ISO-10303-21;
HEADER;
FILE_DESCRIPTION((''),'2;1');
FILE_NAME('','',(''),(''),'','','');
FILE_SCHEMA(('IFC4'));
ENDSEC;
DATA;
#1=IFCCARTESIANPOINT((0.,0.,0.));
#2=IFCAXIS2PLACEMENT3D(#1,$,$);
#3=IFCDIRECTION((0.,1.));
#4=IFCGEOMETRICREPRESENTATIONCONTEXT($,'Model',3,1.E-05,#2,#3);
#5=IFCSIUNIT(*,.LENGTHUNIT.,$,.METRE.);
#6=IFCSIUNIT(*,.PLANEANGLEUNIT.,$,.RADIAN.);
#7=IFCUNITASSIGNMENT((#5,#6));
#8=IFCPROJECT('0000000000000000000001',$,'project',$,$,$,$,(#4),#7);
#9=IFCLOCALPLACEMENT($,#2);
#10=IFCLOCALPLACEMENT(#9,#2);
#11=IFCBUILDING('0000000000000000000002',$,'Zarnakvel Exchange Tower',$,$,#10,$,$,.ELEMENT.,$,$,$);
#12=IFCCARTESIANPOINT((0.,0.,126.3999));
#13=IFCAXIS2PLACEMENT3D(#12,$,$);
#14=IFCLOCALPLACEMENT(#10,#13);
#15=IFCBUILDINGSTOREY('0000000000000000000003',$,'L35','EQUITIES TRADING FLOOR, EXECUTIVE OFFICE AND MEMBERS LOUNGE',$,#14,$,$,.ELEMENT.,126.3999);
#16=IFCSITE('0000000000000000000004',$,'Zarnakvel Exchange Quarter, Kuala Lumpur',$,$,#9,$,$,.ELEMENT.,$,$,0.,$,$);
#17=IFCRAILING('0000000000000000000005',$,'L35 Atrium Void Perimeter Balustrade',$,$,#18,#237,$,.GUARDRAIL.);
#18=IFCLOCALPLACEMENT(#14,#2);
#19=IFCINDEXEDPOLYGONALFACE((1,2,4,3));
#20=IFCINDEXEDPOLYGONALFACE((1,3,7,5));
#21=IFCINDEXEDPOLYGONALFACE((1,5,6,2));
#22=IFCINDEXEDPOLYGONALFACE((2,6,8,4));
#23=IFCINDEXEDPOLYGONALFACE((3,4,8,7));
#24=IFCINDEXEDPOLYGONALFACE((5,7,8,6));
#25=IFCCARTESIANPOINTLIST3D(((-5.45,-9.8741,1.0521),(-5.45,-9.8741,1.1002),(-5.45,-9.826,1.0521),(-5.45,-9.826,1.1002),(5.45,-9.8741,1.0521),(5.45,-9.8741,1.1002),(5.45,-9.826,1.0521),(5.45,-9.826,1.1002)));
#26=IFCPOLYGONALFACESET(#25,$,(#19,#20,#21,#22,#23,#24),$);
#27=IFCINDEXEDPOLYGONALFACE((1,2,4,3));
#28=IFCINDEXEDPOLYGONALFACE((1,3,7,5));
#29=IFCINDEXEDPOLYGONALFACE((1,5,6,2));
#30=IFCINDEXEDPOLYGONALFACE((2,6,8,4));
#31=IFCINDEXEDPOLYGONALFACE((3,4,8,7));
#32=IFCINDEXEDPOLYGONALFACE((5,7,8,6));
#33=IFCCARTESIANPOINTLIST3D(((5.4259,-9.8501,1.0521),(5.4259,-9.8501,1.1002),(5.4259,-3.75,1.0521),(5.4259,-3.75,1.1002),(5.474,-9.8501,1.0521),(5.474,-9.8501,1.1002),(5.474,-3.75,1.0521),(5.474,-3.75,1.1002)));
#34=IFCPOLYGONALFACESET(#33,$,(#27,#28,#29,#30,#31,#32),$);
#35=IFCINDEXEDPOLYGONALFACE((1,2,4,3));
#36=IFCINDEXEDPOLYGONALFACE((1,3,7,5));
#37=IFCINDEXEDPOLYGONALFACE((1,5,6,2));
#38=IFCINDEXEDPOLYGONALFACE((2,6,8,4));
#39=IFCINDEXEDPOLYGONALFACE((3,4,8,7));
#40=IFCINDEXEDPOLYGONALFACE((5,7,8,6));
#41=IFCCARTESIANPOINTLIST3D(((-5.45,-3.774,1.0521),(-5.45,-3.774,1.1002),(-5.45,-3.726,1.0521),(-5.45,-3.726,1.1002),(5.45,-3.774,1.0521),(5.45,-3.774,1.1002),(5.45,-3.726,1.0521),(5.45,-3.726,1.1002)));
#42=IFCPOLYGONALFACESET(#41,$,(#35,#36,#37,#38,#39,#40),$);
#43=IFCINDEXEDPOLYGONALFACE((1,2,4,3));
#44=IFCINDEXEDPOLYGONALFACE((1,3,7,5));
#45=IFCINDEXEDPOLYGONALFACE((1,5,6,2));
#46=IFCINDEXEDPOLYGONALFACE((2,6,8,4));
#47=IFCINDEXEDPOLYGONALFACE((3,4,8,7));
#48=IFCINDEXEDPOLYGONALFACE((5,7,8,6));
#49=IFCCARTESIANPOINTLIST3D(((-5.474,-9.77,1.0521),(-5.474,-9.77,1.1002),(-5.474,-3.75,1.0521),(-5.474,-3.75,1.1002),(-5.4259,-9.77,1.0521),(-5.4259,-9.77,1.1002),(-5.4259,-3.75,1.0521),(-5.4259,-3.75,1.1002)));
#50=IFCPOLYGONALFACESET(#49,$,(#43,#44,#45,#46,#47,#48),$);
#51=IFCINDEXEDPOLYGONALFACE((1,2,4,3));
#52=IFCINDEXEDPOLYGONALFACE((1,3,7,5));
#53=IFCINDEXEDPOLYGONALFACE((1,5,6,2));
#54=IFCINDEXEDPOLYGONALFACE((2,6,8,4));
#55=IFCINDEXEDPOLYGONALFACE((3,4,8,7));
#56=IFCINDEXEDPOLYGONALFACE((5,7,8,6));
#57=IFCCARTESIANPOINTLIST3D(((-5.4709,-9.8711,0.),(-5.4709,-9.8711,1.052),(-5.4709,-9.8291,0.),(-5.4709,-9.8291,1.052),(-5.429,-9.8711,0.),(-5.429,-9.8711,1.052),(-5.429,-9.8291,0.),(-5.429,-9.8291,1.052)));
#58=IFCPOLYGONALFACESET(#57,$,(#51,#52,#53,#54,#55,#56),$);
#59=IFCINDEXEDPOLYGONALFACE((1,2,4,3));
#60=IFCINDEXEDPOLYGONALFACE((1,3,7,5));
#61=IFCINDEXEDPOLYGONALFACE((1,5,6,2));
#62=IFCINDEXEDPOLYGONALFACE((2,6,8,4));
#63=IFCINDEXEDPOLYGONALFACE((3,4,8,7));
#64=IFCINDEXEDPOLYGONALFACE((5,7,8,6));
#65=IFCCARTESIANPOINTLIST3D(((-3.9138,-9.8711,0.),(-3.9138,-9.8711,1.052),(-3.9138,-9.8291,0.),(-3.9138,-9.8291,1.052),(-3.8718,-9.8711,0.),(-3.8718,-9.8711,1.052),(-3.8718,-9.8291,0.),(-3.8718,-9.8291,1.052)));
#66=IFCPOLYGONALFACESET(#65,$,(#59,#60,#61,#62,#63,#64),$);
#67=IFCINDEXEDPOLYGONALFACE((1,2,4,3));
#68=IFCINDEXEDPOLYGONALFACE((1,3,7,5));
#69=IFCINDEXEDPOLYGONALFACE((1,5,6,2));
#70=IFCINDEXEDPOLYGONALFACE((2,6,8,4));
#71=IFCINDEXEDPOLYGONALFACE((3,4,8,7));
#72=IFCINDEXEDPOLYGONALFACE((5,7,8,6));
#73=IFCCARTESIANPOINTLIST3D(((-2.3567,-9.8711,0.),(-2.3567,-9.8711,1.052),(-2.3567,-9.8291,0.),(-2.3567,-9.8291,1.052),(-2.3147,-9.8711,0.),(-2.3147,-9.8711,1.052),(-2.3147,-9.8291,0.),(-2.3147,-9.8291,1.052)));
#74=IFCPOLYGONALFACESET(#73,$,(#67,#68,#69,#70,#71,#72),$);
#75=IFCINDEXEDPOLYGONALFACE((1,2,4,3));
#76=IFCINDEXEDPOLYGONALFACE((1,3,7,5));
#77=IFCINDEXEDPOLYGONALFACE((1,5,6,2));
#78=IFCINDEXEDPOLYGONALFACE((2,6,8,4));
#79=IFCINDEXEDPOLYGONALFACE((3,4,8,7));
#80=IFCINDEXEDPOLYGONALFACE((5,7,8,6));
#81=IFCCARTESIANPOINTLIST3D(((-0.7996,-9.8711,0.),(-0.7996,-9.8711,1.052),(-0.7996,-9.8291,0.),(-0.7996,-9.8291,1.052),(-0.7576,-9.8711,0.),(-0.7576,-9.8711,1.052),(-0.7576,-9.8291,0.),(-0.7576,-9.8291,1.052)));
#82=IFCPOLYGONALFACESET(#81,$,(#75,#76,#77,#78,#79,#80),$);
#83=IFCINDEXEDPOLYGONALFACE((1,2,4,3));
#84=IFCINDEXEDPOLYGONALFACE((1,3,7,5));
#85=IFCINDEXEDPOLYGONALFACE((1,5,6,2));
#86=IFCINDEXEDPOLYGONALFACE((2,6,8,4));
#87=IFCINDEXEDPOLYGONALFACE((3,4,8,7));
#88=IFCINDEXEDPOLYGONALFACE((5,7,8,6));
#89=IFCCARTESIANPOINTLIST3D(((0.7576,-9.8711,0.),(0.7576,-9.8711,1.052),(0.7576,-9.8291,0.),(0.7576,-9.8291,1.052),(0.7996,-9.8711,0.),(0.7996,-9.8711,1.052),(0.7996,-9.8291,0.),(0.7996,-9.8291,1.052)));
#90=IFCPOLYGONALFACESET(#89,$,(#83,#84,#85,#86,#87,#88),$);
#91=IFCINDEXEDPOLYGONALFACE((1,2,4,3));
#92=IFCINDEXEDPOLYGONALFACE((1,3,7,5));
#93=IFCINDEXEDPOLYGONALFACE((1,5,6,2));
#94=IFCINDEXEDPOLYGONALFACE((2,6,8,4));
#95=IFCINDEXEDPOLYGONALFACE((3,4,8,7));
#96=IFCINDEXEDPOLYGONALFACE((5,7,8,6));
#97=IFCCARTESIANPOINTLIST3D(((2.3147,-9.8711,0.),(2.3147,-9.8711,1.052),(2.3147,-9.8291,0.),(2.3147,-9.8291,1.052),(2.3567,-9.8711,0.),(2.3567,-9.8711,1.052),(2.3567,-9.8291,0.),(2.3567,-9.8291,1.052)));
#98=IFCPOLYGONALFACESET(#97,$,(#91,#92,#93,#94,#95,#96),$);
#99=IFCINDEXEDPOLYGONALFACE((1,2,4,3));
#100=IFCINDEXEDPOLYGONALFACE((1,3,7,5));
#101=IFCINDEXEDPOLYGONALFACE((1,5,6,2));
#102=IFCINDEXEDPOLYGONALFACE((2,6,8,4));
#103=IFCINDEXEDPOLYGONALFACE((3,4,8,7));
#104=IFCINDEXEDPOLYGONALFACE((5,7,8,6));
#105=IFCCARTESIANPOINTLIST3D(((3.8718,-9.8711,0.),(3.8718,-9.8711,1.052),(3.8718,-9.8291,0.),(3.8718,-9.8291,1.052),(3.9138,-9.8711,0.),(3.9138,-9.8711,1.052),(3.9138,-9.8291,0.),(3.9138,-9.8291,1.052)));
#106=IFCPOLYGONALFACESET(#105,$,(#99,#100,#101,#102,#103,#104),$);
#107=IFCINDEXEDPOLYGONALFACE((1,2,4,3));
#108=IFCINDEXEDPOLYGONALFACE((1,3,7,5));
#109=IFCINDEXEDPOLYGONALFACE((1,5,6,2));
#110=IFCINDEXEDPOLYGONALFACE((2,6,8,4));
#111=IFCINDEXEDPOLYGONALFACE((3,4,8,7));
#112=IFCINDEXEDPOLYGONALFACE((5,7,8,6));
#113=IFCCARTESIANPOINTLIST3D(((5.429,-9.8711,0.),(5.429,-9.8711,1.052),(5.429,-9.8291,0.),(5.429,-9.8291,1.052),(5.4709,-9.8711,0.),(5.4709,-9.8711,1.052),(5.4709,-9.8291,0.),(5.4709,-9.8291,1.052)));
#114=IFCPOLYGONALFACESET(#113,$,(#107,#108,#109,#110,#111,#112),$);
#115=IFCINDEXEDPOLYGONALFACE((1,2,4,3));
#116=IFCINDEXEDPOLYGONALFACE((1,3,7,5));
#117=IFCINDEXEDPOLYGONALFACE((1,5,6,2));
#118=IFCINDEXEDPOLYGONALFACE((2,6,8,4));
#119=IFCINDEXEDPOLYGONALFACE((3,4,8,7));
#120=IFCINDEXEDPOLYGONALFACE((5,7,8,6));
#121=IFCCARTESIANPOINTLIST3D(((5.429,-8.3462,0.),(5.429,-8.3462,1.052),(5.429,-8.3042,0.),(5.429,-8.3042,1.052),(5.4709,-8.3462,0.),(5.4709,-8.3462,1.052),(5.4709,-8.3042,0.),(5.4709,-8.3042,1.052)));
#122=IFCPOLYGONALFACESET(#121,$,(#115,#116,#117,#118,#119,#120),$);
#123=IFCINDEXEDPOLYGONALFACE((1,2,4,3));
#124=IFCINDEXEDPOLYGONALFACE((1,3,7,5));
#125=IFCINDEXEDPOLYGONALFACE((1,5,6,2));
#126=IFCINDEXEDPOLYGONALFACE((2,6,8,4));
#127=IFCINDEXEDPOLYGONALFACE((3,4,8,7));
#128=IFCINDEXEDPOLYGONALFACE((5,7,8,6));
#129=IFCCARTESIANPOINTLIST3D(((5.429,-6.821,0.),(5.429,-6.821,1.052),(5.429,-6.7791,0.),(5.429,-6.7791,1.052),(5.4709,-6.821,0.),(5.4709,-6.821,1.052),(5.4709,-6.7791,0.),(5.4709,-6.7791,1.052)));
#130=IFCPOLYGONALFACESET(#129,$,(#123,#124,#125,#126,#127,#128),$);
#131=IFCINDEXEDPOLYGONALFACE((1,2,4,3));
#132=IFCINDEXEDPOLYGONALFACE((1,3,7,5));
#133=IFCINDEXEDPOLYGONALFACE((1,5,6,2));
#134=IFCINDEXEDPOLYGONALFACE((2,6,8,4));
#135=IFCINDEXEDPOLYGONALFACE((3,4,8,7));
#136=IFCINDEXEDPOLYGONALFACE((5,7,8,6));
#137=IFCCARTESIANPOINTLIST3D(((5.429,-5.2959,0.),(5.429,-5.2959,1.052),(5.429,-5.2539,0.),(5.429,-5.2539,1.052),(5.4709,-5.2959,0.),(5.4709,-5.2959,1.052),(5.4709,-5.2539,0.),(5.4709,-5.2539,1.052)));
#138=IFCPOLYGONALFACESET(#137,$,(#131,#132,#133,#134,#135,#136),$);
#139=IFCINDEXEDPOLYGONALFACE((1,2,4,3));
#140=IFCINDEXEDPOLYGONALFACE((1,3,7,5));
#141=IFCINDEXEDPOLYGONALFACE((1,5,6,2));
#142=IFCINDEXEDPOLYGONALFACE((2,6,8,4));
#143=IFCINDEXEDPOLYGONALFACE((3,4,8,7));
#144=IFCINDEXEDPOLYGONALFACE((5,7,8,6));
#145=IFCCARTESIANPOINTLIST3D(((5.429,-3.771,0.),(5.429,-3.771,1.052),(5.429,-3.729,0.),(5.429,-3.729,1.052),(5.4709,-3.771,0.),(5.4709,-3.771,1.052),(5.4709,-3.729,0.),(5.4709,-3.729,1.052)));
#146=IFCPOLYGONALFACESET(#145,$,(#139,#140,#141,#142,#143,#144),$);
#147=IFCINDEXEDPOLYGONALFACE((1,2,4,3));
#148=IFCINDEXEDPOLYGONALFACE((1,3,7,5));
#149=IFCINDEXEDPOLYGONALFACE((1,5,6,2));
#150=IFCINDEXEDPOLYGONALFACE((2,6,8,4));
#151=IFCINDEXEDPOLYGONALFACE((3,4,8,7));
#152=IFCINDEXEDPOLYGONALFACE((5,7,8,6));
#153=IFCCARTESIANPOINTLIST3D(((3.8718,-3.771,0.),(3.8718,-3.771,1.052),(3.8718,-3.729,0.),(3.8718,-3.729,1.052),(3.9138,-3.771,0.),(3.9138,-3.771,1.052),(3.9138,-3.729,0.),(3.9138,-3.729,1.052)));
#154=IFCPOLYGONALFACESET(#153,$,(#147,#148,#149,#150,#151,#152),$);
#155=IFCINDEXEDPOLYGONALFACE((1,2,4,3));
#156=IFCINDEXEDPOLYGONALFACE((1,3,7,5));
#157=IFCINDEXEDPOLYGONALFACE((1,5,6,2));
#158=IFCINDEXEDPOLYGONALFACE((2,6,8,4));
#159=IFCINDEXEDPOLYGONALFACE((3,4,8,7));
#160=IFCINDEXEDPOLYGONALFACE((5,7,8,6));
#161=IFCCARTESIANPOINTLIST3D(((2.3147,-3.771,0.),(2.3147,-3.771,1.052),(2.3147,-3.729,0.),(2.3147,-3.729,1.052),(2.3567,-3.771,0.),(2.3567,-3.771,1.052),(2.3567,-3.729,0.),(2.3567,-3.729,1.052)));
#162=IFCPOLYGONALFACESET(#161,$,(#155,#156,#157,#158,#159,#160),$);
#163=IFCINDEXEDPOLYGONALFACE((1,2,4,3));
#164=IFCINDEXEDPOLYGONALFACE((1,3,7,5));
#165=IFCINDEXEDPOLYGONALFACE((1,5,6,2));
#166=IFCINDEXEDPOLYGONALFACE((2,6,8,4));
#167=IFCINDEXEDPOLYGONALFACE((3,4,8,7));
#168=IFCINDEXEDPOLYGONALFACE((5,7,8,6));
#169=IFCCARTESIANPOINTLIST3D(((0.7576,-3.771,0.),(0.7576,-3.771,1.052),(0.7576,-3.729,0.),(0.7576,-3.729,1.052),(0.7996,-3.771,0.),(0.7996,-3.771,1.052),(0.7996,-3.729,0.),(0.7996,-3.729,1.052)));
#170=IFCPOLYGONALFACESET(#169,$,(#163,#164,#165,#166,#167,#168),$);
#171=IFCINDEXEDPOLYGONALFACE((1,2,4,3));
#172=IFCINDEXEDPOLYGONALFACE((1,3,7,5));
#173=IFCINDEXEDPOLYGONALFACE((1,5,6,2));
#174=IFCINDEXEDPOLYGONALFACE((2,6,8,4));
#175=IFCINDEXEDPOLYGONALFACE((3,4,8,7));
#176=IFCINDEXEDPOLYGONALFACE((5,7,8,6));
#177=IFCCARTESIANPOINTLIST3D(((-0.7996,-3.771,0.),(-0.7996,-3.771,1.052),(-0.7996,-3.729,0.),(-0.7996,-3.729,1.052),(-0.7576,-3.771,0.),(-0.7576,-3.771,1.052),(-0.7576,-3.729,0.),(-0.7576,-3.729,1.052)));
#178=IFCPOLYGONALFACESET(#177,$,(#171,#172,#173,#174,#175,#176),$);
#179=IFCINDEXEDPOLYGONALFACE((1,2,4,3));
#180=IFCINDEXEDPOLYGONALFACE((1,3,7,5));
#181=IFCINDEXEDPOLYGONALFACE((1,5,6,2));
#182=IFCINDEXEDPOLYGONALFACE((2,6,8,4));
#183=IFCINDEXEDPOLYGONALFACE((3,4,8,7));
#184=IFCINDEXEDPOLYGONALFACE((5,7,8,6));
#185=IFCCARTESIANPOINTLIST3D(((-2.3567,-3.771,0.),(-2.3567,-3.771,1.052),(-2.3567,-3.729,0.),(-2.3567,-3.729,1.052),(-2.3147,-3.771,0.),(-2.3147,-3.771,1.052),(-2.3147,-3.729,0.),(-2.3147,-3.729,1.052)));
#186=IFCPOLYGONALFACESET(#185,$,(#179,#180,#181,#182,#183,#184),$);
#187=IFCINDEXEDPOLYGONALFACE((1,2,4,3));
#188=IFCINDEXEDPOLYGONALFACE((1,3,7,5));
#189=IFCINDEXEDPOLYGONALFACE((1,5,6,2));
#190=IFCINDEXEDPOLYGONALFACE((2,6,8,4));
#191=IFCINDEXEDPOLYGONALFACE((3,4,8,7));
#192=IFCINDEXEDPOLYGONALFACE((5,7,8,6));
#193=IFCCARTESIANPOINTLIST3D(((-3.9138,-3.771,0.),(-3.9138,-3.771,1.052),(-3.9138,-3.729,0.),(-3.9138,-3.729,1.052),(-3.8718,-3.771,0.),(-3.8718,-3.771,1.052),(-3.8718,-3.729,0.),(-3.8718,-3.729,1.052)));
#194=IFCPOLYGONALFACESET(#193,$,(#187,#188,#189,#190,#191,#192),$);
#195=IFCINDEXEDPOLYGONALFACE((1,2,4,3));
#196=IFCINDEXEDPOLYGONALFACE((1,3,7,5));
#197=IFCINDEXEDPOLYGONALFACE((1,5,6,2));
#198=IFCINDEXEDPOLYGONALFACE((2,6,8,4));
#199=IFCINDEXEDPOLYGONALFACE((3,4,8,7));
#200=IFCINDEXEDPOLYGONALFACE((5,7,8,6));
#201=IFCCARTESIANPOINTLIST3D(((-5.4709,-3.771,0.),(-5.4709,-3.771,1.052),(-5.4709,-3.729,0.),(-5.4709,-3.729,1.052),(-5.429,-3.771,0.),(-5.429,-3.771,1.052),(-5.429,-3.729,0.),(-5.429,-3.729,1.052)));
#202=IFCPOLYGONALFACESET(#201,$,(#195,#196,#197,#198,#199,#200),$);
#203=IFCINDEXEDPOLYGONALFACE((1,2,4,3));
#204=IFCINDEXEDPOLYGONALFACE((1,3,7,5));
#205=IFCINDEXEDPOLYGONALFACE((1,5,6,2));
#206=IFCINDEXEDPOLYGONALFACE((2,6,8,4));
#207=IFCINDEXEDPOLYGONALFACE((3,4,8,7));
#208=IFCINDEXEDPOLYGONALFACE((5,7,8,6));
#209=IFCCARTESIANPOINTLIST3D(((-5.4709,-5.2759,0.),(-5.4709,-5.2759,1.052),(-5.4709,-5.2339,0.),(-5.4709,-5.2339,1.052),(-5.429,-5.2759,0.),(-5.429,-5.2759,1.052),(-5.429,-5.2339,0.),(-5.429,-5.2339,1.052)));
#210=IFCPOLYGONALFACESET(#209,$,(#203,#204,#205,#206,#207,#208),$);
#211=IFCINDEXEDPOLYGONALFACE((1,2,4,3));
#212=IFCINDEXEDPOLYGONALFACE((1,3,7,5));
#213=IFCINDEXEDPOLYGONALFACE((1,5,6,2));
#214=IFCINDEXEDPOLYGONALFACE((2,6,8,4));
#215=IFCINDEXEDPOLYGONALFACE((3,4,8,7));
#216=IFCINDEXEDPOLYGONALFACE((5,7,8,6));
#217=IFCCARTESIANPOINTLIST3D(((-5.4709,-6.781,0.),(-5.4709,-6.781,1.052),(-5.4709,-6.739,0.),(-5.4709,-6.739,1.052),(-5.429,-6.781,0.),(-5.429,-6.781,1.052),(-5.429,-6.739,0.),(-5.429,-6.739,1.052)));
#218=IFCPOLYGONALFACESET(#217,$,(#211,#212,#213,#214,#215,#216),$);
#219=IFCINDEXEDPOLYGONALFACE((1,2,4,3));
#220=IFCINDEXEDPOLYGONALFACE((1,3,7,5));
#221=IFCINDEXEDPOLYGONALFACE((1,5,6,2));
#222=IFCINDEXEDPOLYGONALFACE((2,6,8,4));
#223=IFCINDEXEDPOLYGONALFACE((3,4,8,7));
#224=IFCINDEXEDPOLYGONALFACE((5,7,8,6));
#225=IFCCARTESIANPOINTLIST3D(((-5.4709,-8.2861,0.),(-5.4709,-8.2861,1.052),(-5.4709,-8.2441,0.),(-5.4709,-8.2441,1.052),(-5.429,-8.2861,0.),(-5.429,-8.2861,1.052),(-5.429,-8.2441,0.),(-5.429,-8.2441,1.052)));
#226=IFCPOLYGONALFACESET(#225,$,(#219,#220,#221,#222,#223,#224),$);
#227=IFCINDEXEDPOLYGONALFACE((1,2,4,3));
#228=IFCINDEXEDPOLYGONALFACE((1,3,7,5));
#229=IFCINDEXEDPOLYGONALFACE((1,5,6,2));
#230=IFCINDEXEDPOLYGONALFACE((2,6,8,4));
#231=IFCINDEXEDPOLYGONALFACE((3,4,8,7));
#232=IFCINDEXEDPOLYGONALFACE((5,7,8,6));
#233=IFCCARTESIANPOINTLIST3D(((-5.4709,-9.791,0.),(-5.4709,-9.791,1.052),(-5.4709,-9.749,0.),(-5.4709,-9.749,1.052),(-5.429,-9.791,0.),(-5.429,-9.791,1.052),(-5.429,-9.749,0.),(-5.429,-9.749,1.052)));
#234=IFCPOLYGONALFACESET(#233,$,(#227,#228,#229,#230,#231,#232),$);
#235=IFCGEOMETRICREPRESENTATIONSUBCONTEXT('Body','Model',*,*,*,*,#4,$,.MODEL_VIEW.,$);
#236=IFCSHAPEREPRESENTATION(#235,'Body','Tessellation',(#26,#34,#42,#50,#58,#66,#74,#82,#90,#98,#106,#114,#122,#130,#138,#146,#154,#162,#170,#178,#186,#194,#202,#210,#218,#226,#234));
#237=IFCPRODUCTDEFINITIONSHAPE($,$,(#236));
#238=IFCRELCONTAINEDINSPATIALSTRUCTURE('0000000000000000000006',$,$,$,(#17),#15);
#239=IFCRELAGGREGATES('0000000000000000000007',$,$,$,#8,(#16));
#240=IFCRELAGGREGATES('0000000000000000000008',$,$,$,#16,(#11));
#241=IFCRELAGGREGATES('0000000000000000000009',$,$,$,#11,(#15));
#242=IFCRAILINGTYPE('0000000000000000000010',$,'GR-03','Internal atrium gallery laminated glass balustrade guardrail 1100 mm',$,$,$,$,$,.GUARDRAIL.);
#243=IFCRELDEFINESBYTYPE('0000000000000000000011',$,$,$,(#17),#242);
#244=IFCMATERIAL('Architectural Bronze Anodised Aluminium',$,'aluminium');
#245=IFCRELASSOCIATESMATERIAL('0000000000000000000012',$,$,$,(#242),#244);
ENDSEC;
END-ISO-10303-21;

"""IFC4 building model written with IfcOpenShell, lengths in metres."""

from ifc_helpers import new_model, si_unit, direction, frame, origin, origin_2d, place, context, subcontext, project, spatial, rectangle, extrude, material, type_object, element, save


model = new_model("IFC4")

# Units and contexts
model_context = context("Model", 3, precision=1e-05, world=origin(), true_north=direction((0.0, 1.0)))
body_context = subcontext(model_context, "Body", "Model", "MODEL_VIEW")
ifc_project = project(units=[si_unit("LENGTHUNIT", "METRE"), si_unit("PLANEANGLEUNIT", "RADIAN")], contexts=[model_context])

# Site, building, storey
site_placement = place(None, origin())
site = spatial("IfcSite", under=ifc_project, at=site_placement, Name="Zarnakvel Exchange Quarter, Kuala Lumpur", CompositionType="ELEMENT", RefElevation=0.0)
building_placement = place(site_placement, origin())
building = spatial("IfcBuilding", under=site, at=building_placement, Name="Zarnakvel Exchange Tower", CompositionType="ELEMENT")
storey_placement = place(building_placement, frame((0.0, 0.0, 126.3999)))
storey = spatial("IfcBuildingStorey", under=building, at=storey_placement, Name="L35", Description="EQUITIES TRADING FLOOR, EXECUTIVE OFFICE AND MEMBERS LOUNGE", CompositionType="ELEMENT", Elevation=126.3999)

# Shared definitions
ifc_material_1 = material(Name="Architectural Bronze Anodised Aluminium", Category="aluminium")

# Railing
railing_type_1 = type_object("IfcRailingType", Name="GR-03", Description="Internal atrium gallery laminated glass balustrade guardrail 1100 mm", PredefinedType="GUARDRAIL", material=ifc_material_1)
railing_1_placement = place(storey_placement, frame((-5.45, -9.8501, 0.0)))
element("IfcRailing", 1, at=railing_1_placement, inside=storey, type_object=railing_type_1, Name="L35 Atrium Void Perimeter Balustrade", PredefinedType="GUARDRAIL", context=body_context, shape_type="SweptSolid", body=[
    extrude(rectangle(XDim=0.0481, YDim=0.0481, at=origin_2d()), frame((0.0, 0.0, 1.0762), z_axis=(1.0, 0.0, 0.0), x_axis=(0.0, 1.0, 0.0)), (0.0, 0.0, 1.0), 10.8999),
    extrude(rectangle(XDim=0.0481, YDim=0.0481, at=origin_2d()), frame((10.8999, 0.0, 1.0762), z_axis=(0.0, 1.0, 0.0), x_axis=(-1.0, 0.0, 0.0)), (0.0, 0.0, 1.0), 6.1001),
    extrude(rectangle(XDim=0.0481, YDim=0.0481, at=origin_2d()), frame((10.8999, 6.1001, 1.0762), z_axis=(-1.0, 0.0, 0.0), x_axis=(0.0, -1.0, 0.0)), (0.0, 0.0, 1.0), 10.8999),
    extrude(rectangle(XDim=0.0481, YDim=0.0481, at=origin_2d()), frame((0.0, 6.1001, 1.0762), z_axis=(0.0, -1.0, 0.0), x_axis=(1.0, 0.0, 0.0)), (0.0, 0.0, 1.0), 6.02),
    extrude(rectangle(XDim=0.042, YDim=0.042, at=origin_2d()), origin(), (0.0, 0.0, 1.0), 1.052),
    extrude(rectangle(XDim=0.042, YDim=0.042, at=origin_2d()), frame((1.5571, 0.0, 0.0)), (0.0, 0.0, 1.0), 1.052),
    extrude(rectangle(XDim=0.042, YDim=0.042, at=origin_2d()), frame((3.1143, 0.0, 0.0)), (0.0, 0.0, 1.0), 1.052),
    extrude(rectangle(XDim=0.042, YDim=0.042, at=origin_2d()), frame((4.6714, 0.0, 0.0)), (0.0, 0.0, 1.0), 1.052),
    extrude(rectangle(XDim=0.042, YDim=0.042, at=origin_2d()), frame((6.2285, 0.0, 0.0)), (0.0, 0.0, 1.0), 1.052),
    extrude(rectangle(XDim=0.042, YDim=0.042, at=origin_2d()), frame((7.7856, 0.0, 0.0)), (0.0, 0.0, 1.0), 1.052),
    extrude(rectangle(XDim=0.042, YDim=0.042, at=origin_2d()), frame((9.3428, 0.0, 0.0)), (0.0, 0.0, 1.0), 1.052),
    extrude(rectangle(XDim=0.042, YDim=0.042, at=origin_2d()), frame((10.8999, 0.0, 0.0)), (0.0, 0.0, 1.0), 1.052),
    extrude(rectangle(XDim=0.042, YDim=0.042, at=origin_2d()), frame((10.8999, 1.5249, 0.0)), (0.0, 0.0, 1.0), 1.052),
    extrude(rectangle(XDim=0.042, YDim=0.042, at=origin_2d()), frame((10.8999, 3.05, 0.0)), (0.0, 0.0, 1.0), 1.052),
    extrude(rectangle(XDim=0.042, YDim=0.042, at=origin_2d()), frame((10.8999, 4.5752, 0.0)), (0.0, 0.0, 1.0), 1.052),
    extrude(rectangle(XDim=0.042, YDim=0.042, at=origin_2d()), frame((10.8999, 6.1001, 0.0)), (0.0, 0.0, 1.0), 1.052),
    extrude(rectangle(XDim=0.042, YDim=0.042, at=origin_2d()), frame((9.3428, 6.1001, 0.0)), (0.0, 0.0, 1.0), 1.052),
    extrude(rectangle(XDim=0.042, YDim=0.042, at=origin_2d()), frame((7.7856, 6.1001, 0.0)), (0.0, 0.0, 1.0), 1.052),
    extrude(rectangle(XDim=0.042, YDim=0.042, at=origin_2d()), frame((6.2285, 6.1001, 0.0)), (0.0, 0.0, 1.0), 1.052),
    extrude(rectangle(XDim=0.042, YDim=0.042, at=origin_2d()), frame((4.6714, 6.1001, 0.0)), (0.0, 0.0, 1.0), 1.052),
    extrude(rectangle(XDim=0.042, YDim=0.042, at=origin_2d()), frame((3.1143, 6.1001, 0.0)), (0.0, 0.0, 1.0), 1.052),
    extrude(rectangle(XDim=0.042, YDim=0.042, at=origin_2d()), frame((1.5571, 6.1001, 0.0)), (0.0, 0.0, 1.0), 1.052),
    extrude(rectangle(XDim=0.042, YDim=0.042, at=origin_2d()), frame((0.0, 6.1001, 0.0)), (0.0, 0.0, 1.0), 1.052),
    extrude(rectangle(XDim=0.042, YDim=0.042, at=origin_2d()), frame((0.0, 4.5952, 0.0)), (0.0, 0.0, 1.0), 1.052),
    extrude(rectangle(XDim=0.042, YDim=0.042, at=origin_2d()), frame((0.0, 3.0901, 0.0)), (0.0, 0.0, 1.0), 1.052),
    extrude(rectangle(XDim=0.042, YDim=0.042, at=origin_2d()), frame((0.0, 1.585, 0.0)), (0.0, 0.0, 1.0), 1.052),
    extrude(rectangle(XDim=0.042, YDim=0.042, at=origin_2d()), frame((0.0, 0.0801, 0.0)), (0.0, 0.0, 1.0), 1.052),
])

save(model, "model.ifc")
